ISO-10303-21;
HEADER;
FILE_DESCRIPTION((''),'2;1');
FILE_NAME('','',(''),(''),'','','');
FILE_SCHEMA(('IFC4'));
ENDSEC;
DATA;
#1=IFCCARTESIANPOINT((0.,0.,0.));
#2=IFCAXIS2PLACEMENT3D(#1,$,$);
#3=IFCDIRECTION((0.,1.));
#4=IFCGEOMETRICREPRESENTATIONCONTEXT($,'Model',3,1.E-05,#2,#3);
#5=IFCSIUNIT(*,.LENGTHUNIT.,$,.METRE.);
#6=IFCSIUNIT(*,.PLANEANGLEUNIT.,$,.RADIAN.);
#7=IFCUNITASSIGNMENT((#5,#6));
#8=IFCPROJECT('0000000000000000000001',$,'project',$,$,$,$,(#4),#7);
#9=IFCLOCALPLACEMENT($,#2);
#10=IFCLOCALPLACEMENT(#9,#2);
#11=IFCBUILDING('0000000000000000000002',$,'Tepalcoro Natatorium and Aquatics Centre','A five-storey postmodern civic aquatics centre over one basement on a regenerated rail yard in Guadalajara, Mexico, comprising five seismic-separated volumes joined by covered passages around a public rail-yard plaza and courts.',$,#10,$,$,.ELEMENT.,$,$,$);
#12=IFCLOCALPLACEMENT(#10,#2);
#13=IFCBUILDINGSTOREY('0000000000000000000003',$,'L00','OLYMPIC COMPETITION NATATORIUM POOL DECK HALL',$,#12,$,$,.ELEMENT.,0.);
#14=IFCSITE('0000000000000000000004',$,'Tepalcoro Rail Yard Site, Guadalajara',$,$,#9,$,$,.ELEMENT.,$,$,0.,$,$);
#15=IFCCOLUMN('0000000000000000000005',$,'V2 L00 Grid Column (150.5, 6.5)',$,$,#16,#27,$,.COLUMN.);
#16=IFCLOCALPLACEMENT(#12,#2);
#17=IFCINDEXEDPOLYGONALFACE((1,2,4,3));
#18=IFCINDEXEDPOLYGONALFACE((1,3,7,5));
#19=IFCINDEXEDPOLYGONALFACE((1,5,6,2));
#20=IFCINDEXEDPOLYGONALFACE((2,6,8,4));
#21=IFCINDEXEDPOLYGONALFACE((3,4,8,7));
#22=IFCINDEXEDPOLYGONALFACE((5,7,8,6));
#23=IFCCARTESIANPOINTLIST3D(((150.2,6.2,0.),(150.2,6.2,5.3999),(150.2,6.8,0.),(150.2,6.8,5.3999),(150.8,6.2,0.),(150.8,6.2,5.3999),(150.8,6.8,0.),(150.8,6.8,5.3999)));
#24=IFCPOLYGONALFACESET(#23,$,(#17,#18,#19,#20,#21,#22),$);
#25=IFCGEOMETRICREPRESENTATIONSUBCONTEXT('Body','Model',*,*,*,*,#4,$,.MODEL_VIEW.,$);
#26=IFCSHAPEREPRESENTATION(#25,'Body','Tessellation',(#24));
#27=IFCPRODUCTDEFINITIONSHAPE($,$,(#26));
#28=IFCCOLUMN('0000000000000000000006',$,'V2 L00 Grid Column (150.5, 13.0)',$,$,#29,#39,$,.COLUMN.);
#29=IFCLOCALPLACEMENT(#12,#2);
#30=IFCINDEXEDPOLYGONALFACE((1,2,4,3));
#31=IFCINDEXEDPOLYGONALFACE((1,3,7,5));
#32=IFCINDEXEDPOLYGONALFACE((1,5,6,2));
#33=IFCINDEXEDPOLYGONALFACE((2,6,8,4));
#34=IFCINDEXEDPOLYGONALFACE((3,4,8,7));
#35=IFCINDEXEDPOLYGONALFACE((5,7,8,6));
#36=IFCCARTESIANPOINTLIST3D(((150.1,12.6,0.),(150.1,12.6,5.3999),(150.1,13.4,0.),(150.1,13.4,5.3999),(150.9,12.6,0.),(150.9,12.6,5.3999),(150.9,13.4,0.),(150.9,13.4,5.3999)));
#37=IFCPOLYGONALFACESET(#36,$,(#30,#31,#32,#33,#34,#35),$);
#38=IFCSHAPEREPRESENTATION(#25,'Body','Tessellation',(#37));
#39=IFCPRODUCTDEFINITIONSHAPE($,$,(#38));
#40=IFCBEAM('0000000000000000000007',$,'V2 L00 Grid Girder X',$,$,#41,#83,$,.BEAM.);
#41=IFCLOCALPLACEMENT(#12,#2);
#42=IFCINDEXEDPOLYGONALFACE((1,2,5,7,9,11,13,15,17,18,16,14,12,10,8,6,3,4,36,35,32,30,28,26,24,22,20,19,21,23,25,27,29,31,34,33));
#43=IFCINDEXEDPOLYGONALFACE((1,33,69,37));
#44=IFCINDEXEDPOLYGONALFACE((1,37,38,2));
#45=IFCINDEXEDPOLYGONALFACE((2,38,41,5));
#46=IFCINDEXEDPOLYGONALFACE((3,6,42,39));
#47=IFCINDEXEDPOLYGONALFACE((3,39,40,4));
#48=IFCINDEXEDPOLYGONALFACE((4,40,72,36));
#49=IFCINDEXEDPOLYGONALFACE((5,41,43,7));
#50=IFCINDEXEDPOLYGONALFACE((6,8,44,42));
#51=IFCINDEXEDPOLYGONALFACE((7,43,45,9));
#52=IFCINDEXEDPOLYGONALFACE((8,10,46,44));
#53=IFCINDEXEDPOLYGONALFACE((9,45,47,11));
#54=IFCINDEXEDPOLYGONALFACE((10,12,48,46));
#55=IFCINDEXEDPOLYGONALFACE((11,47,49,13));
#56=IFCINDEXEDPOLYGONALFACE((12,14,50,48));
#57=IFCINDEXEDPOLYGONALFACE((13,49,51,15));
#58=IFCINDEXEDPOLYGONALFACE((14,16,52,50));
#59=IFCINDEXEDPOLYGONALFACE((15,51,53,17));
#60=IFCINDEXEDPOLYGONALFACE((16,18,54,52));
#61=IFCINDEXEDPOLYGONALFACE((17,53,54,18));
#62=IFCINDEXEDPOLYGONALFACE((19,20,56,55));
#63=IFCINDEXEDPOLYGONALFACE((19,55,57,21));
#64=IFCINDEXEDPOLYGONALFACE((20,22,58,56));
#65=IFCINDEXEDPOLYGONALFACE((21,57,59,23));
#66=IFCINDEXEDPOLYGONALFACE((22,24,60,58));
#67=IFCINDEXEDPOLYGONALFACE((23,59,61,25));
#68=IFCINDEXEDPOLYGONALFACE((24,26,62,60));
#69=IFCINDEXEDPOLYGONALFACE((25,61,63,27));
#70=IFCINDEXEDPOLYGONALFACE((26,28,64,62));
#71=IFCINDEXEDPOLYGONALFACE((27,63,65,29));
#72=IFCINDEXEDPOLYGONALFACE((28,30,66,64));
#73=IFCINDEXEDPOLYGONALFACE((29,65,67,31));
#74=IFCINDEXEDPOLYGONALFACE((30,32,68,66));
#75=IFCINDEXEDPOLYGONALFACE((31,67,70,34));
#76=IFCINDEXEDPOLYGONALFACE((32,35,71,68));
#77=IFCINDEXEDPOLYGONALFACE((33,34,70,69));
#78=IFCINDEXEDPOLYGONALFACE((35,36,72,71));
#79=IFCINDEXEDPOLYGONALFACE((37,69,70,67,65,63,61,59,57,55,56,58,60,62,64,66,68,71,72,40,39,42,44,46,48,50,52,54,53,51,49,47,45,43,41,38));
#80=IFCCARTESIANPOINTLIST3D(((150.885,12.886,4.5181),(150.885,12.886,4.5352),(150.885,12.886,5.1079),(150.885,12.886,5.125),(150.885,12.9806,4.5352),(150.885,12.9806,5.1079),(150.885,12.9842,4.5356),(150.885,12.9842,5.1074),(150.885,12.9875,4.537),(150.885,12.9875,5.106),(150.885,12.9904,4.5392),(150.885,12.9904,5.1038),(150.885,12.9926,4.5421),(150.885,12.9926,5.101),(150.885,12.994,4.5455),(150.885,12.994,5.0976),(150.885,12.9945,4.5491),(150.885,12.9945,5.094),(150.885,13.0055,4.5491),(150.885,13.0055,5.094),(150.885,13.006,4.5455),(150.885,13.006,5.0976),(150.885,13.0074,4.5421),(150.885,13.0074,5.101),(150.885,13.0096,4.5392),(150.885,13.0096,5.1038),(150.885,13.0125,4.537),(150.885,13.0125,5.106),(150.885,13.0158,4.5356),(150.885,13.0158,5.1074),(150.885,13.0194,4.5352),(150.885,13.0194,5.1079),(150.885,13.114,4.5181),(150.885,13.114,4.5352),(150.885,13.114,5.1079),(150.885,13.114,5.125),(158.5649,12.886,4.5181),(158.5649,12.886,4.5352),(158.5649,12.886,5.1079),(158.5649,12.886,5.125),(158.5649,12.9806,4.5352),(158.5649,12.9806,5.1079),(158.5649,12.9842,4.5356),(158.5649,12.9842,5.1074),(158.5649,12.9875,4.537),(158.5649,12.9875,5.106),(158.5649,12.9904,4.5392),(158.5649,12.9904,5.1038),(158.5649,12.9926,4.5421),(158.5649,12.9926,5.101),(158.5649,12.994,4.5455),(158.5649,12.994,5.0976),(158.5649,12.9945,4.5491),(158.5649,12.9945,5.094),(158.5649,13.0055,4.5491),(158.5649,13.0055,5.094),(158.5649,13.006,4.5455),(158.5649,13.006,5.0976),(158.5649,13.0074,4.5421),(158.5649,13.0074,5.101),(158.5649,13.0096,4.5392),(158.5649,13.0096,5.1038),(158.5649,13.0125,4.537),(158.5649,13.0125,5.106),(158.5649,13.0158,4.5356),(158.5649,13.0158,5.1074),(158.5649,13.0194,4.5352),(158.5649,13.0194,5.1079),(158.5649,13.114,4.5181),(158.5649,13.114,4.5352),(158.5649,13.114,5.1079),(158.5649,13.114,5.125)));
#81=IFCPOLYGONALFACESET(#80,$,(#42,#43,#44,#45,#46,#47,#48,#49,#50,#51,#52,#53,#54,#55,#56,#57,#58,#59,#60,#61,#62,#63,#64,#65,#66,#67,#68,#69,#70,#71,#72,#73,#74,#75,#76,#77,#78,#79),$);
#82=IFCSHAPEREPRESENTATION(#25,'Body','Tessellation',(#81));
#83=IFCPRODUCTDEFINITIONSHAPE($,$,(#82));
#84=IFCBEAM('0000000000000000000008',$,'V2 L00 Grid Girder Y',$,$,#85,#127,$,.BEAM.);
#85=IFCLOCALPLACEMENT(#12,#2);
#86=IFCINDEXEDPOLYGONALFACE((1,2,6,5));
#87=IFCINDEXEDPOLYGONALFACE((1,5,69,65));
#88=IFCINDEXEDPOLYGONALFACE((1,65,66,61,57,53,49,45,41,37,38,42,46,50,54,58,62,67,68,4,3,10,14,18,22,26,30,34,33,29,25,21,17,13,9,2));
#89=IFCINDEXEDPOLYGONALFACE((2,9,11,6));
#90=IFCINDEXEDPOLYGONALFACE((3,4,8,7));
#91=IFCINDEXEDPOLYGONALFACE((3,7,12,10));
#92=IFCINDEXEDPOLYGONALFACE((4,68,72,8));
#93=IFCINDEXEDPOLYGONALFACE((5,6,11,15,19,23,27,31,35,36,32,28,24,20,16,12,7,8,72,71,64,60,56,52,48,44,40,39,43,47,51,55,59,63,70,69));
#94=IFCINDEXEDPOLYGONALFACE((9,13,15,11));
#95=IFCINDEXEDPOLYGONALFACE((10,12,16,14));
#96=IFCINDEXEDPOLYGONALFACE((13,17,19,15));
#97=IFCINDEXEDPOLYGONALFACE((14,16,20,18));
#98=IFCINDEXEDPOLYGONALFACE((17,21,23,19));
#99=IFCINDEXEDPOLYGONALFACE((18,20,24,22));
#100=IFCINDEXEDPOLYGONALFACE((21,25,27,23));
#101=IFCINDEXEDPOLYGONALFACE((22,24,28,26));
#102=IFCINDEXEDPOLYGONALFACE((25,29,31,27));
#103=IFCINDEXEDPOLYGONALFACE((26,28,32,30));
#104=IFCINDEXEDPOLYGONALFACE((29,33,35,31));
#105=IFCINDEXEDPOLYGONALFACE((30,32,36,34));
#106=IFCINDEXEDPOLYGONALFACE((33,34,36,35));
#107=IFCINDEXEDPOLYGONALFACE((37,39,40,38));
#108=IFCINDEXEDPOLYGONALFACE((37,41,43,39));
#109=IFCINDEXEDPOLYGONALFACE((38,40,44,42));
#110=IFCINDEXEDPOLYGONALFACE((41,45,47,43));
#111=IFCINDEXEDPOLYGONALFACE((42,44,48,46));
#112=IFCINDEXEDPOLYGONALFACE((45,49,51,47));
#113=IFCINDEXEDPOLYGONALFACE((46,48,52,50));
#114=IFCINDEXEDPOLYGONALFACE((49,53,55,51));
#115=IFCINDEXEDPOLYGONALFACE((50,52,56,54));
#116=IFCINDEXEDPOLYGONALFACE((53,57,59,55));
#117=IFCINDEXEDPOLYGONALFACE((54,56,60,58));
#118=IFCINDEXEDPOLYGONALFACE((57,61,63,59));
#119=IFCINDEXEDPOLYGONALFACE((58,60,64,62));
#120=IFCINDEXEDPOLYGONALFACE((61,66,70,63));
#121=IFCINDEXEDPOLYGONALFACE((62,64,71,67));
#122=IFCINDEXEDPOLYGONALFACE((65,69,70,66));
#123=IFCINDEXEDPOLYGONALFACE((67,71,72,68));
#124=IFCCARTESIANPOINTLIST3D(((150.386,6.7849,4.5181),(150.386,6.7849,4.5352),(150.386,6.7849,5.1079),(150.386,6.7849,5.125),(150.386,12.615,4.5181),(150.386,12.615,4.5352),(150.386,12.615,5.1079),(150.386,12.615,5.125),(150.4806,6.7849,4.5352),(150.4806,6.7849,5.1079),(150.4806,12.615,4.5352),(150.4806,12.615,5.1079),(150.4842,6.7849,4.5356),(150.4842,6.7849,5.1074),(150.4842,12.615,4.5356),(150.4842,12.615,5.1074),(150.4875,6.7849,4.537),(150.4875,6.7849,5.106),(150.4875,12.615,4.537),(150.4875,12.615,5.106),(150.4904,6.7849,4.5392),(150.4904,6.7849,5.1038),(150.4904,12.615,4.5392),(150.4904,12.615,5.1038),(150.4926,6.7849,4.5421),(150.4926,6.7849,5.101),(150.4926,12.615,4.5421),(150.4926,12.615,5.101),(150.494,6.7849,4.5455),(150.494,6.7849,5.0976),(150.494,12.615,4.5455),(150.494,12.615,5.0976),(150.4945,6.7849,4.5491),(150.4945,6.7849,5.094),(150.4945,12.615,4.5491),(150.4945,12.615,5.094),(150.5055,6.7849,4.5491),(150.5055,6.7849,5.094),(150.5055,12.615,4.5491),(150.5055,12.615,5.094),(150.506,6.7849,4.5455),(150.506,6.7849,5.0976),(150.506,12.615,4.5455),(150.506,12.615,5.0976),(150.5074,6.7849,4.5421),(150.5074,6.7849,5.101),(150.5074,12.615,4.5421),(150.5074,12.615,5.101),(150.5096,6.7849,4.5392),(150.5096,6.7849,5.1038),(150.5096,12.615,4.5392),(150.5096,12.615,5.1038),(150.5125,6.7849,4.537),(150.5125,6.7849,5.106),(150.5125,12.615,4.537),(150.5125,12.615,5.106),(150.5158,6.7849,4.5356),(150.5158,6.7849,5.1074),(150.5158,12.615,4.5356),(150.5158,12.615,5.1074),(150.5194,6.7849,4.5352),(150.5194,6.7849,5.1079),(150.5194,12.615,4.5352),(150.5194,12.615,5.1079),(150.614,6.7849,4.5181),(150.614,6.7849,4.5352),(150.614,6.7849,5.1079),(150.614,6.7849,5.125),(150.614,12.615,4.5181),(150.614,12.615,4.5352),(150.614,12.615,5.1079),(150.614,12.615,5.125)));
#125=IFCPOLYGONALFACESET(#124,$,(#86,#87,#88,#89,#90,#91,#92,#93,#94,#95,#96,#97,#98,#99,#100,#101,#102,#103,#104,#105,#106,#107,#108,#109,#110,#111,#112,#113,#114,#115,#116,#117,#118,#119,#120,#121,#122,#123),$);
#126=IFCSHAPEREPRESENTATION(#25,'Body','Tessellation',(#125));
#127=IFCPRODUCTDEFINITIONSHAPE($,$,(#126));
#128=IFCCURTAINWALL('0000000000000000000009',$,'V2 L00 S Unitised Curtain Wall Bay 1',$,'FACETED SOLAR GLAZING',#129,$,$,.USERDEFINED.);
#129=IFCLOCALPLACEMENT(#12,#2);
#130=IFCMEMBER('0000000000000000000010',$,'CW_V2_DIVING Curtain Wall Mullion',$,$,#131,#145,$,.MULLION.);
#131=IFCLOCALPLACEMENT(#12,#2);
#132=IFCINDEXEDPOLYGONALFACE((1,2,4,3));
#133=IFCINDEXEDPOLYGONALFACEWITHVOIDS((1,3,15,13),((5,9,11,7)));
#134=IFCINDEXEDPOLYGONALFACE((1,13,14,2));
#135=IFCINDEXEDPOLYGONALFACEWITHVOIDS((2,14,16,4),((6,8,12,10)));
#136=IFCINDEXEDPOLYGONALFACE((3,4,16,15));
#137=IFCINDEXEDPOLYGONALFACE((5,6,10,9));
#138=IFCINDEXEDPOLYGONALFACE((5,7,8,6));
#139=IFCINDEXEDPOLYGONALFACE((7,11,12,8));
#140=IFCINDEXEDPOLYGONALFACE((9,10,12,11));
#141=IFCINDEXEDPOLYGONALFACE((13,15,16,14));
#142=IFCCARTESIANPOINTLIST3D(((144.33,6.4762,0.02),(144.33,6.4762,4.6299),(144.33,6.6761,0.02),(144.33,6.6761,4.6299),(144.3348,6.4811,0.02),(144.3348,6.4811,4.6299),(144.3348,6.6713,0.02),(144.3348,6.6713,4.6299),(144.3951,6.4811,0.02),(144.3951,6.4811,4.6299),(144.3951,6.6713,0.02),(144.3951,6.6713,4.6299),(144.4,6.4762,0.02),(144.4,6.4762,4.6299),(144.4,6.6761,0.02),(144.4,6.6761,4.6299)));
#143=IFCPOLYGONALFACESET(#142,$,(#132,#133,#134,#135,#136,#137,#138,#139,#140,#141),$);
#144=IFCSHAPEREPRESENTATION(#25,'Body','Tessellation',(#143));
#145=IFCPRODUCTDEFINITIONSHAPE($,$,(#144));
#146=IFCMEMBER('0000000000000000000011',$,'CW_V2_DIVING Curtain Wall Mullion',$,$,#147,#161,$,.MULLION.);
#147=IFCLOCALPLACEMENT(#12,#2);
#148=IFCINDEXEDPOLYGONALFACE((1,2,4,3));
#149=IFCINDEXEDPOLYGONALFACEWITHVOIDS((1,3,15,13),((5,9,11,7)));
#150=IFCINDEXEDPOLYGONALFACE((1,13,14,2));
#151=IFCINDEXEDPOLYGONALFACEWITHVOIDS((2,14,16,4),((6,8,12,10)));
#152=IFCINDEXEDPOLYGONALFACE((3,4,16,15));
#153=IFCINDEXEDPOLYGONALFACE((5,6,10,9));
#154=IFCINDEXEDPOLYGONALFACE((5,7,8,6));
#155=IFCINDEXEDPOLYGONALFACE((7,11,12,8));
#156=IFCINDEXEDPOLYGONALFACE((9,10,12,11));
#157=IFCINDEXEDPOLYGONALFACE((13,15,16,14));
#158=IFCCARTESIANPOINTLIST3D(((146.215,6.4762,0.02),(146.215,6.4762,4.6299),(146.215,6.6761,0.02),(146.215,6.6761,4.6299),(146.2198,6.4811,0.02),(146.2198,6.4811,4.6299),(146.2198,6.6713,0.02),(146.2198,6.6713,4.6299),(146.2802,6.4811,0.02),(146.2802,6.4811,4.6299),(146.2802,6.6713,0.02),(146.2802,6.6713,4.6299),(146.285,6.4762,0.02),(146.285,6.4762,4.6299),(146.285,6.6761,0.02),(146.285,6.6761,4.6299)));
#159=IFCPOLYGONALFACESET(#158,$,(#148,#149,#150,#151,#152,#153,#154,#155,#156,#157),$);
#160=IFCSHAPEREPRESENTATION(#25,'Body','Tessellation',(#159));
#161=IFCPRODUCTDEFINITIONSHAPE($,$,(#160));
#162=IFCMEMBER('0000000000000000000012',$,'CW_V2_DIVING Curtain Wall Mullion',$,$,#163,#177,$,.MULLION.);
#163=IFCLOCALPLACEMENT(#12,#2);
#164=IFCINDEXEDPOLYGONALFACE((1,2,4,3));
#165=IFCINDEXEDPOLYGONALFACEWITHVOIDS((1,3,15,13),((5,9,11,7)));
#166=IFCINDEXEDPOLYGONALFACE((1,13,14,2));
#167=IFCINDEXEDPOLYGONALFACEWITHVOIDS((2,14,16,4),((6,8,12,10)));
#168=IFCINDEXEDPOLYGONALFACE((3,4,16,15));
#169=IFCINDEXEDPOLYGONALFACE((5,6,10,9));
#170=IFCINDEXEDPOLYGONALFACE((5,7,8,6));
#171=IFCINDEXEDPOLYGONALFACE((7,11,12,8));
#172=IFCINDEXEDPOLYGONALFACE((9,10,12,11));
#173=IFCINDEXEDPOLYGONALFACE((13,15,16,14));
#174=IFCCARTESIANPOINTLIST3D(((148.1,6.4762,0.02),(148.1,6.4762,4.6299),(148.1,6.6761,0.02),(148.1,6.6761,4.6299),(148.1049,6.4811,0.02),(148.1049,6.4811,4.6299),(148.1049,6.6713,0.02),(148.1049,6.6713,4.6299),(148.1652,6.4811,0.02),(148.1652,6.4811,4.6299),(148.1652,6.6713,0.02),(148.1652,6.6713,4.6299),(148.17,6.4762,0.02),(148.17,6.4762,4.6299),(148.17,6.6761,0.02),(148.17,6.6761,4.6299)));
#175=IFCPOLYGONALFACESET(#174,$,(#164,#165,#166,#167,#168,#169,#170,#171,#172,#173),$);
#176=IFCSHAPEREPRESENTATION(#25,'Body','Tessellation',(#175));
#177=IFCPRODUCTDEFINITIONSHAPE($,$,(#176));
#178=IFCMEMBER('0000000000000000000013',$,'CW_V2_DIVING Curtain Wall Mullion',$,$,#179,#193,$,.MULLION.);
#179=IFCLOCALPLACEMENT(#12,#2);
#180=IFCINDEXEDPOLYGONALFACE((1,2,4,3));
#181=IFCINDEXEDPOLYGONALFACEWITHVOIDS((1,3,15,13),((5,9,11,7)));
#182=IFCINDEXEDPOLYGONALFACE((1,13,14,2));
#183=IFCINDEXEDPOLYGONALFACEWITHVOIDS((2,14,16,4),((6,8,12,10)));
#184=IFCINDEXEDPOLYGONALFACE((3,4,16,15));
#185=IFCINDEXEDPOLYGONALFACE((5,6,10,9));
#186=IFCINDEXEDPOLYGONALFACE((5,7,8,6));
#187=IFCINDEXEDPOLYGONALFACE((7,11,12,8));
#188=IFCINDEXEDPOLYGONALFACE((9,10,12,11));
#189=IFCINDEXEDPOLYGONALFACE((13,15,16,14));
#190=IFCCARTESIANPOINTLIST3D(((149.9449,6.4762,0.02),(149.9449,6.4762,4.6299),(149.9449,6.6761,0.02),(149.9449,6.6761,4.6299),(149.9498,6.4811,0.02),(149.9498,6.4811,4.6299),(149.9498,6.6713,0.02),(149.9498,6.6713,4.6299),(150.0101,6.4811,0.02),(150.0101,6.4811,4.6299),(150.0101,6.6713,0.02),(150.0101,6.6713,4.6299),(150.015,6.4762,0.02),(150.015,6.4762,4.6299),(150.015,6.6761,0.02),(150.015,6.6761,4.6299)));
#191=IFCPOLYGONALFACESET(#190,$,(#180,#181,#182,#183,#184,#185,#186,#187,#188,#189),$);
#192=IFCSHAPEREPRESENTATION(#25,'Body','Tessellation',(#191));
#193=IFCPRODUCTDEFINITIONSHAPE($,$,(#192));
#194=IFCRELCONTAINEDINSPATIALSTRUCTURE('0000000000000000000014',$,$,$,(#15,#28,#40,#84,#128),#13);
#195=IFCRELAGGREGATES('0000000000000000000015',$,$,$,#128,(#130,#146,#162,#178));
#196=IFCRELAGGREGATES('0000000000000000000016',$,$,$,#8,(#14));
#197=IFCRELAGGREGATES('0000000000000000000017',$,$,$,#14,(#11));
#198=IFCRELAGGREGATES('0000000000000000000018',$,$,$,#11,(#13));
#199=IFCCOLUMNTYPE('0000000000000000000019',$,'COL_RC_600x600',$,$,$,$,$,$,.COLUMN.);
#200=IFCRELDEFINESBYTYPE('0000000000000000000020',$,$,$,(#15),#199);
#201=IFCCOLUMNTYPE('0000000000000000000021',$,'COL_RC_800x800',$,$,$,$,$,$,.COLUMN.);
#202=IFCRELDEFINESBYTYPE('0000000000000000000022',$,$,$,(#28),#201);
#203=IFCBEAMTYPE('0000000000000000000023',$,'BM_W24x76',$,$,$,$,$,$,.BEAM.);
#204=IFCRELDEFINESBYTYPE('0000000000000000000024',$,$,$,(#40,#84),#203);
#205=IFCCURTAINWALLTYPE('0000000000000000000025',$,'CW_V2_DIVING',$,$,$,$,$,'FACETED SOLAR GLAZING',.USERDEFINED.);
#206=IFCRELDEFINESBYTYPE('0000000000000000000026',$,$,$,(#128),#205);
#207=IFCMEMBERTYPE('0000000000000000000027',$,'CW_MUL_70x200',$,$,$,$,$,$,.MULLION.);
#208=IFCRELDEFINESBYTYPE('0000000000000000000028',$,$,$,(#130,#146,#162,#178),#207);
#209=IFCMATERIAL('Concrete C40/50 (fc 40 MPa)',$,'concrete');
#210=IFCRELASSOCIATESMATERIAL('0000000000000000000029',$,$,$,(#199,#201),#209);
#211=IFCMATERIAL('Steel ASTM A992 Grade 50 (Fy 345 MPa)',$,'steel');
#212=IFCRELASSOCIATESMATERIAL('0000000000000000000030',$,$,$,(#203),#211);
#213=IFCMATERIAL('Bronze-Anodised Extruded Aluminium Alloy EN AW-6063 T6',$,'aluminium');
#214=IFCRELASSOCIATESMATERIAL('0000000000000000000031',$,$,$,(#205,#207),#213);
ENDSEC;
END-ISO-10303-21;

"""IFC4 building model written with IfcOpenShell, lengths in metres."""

from ifc_helpers import new_model, si_unit, direction, frame, origin, origin_2d, place, context, subcontext, project, spatial, rectangle, hollow_rectangle, i_section, extrude, material, material_profile, profile_set, type_object, element, aggregate, save


model = new_model("IFC4")

# Units and contexts
model_context = context("Model", 3, precision=1e-05, world=origin(), true_north=direction((0.0, 1.0)))
body_context = subcontext(model_context, "Body", "Model", "MODEL_VIEW")
ifc_project = project(units=[si_unit("LENGTHUNIT", "METRE"), si_unit("PLANEANGLEUNIT", "RADIAN")], contexts=[model_context])

# Site, building, storey
site_placement = place(None, origin())
site = spatial("IfcSite", under=ifc_project, at=site_placement, Name="Tepalcoro Rail Yard Site, Guadalajara", CompositionType="ELEMENT", RefElevation=0.0)
building_placement = place(site_placement, origin())
building = spatial("IfcBuilding", under=site, at=building_placement, Name="Tepalcoro Natatorium and Aquatics Centre", Description="A five-storey postmodern civic aquatics centre over one basement on a regenerated rail yard in Guadalajara, Mexico, comprising five seismic-separated volumes joined by covered passages around a public rail-yard plaza and courts.", CompositionType="ELEMENT")
storey_placement = place(building_placement, origin())
storey = spatial("IfcBuildingStorey", under=building, at=storey_placement, Name="L00", Description="OLYMPIC COMPETITION NATATORIUM POOL DECK HALL", CompositionType="ELEMENT", Elevation=0.0)

# Columns
ifc_material_1 = material(Name="Concrete C40/50 (fc 40 MPa)", Category="concrete")
ifc_material_profile_1 = material_profile(ifc_material_1, rectangle(XDim=0.6001, YDim=0.6001, at=origin_2d()), Name="RC600x600")
ifc_profile_set_1 = profile_set([ifc_material_profile_1], Name="Concrete C40/50 (fc 40 MPa)")
column_type_1 = type_object("IfcColumnType", Name="COL_RC_600x600", PredefinedType="COLUMN", material=ifc_profile_set_1)
column_1_placement = place(storey_placement, frame((150.5, 6.5, 0.0), z_axis=(0.0, 0.0, 1.0), x_axis=(1.0, 0.0, 0.0)))
element("IfcColumn", 1, at=column_1_placement, inside=storey, type_object=column_type_1, Name="V2 L00 Grid Column (150.5, 6.5)", PredefinedType="COLUMN", context=body_context, shape_type="SweptSolid", body=[
    extrude(rectangle(XDim=0.6001, YDim=0.6001, at=origin_2d()), origin(), (0.0, 0.0, 1.0), 5.3999),
])
ifc_material_profile_2 = material_profile(ifc_material_1, rectangle(XDim=0.8, YDim=0.8, at=origin_2d()), Name="RC800x800")
ifc_profile_set_2 = profile_set([ifc_material_profile_2], Name="Concrete C40/50 (fc 40 MPa)")
column_type_2 = type_object("IfcColumnType", Name="COL_RC_800x800", PredefinedType="COLUMN", material=ifc_profile_set_2)
column_2_placement = place(storey_placement, frame((150.5, 13.0, 0.0), z_axis=(0.0, 0.0, 1.0), x_axis=(1.0, 0.0, 0.0)))
element("IfcColumn", 2, at=column_2_placement, inside=storey, type_object=column_type_2, Name="V2 L00 Grid Column (150.5, 13.0)", PredefinedType="COLUMN", context=body_context, shape_type="SweptSolid", body=[
    extrude(rectangle(XDim=0.8, YDim=0.8, at=origin_2d()), origin(), (0.0, 0.0, 1.0), 5.3999),
])

# Beams
ifc_material_2 = material(Name="Steel ASTM A992 Grade 50 (Fy 345 MPa)", Category="steel")
ifc_material_profile_3 = material_profile(ifc_material_2, i_section(OverallWidth=0.228, OverallDepth=0.6069, WebThickness=0.011, FlangeThickness=0.0171, FilletRadius=0.0139, at=origin_2d()), Name="W24X76")
ifc_profile_set_3 = profile_set([ifc_material_profile_3], Name="Steel ASTM A992 Grade 50 (Fy 345 MPa)")
beam_type_1 = type_object("IfcBeamType", Name="BM_W24x76", PredefinedType="BEAM", material=ifc_profile_set_3)
beam_1_placement = place(storey_placement, frame((150.885, 13.0, 4.8215), z_axis=(1.0, 0.0, 0.0), x_axis=(0.0, 1.0, 0.0)))
element("IfcBeam", 3, at=beam_1_placement, inside=storey, type_object=beam_type_1, Name="V2 L00 Grid Girder X", PredefinedType="BEAM", context=body_context, shape_type="SweptSolid", body=[
    extrude(i_section(OverallWidth=0.228, OverallDepth=0.6069, WebThickness=0.011, FlangeThickness=0.0171, FilletRadius=0.0139, at=origin_2d()), origin(), (0.0, 0.0, 1.0), 7.6799),
])
beam_2_placement = place(storey_placement, frame((150.5, 6.7849, 4.8215), z_axis=(0.0, 1.0, 0.0), x_axis=(-1.0, 0.0, 0.0)))
element("IfcBeam", 4, at=beam_2_placement, inside=storey, type_object=beam_type_1, Name="V2 L00 Grid Girder Y", PredefinedType="BEAM", context=body_context, shape_type="SweptSolid", body=[
    extrude(i_section(OverallWidth=0.228, OverallDepth=0.6069, WebThickness=0.011, FlangeThickness=0.0171, FilletRadius=0.0139, at=origin_2d()), origin(), (0.0, 0.0, 1.0), 5.8301),
])

# Curtain wall, members
ifc_material_3 = material(Name="Bronze-Anodised Extruded Aluminium Alloy EN AW-6063 T6", Category="aluminium")
curtain_wall_type = type_object("IfcCurtainWallType", Name="CW_V2_DIVING", ElementType="FACETED SOLAR GLAZING", PredefinedType="USERDEFINED", material=ifc_material_3)
curtain_wall_placement = place(storey_placement, origin())
curtain_wall = element("IfcCurtainWall", 5, at=curtain_wall_placement, inside=storey, type_object=curtain_wall_type, Name="V2 L00 S Unitised Curtain Wall Bay 1", ObjectType="FACETED SOLAR GLAZING", PredefinedType="USERDEFINED")
ifc_material_profile_4 = material_profile(ifc_material_3, hollow_rectangle(XDim=0.0701, YDim=0.2, WallThickness=0.0049, at=origin_2d()), Name="AL70X200X5")
ifc_profile_set_4 = profile_set([ifc_material_profile_4], Name="Bronze-Anodised Extruded Aluminium Alloy EN AW-6063 T6")
member_type_1 = type_object("IfcMemberType", Name="CW_MUL_70x200", PredefinedType="MULLION", material=ifc_profile_set_4)
member_1_placement = place(storey_placement, frame((144.365, 6.5762, 0.02), z_axis=(0.0, 0.0, 1.0), x_axis=(1.0, 0.0, 0.0)))
member_1 = element("IfcMember", 6, at=member_1_placement, type_object=member_type_1, Name="CW_V2_DIVING Curtain Wall Mullion", PredefinedType="MULLION", context=body_context, shape_type="SweptSolid", body=[
    extrude(hollow_rectangle(XDim=0.0701, YDim=0.2, WallThickness=0.0049, at=origin_2d()), origin(), (0.0, 0.0, 1.0), 4.6099),
])
member_2_placement = place(storey_placement, frame((146.25, 6.5762, 0.02), z_axis=(0.0, 0.0, 1.0), x_axis=(1.0, 0.0, 0.0)))
member_2 = element("IfcMember", 7, at=member_2_placement, type_object=member_type_1, Name="CW_V2_DIVING Curtain Wall Mullion", PredefinedType="MULLION", context=body_context, shape_type="SweptSolid", body=[
    extrude(hollow_rectangle(XDim=0.0701, YDim=0.2, WallThickness=0.0049, at=origin_2d()), origin(), (0.0, 0.0, 1.0), 4.6099),
])
member_3_placement = place(storey_placement, frame((148.135, 6.5762, 0.02), z_axis=(0.0, 0.0, 1.0), x_axis=(1.0, 0.0, 0.0)))
member_3 = element("IfcMember", 8, at=member_3_placement, type_object=member_type_1, Name="CW_V2_DIVING Curtain Wall Mullion", PredefinedType="MULLION", context=body_context, shape_type="SweptSolid", body=[
    extrude(hollow_rectangle(XDim=0.0701, YDim=0.2, WallThickness=0.0049, at=origin_2d()), origin(), (0.0, 0.0, 1.0), 4.6099),
])
member_4_placement = place(storey_placement, frame((149.98, 6.5762, 0.02), z_axis=(0.0, 0.0, 1.0), x_axis=(1.0, 0.0, 0.0)))
member_4 = element("IfcMember", 9, at=member_4_placement, type_object=member_type_1, Name="CW_V2_DIVING Curtain Wall Mullion", PredefinedType="MULLION", context=body_context, shape_type="SweptSolid", body=[
    extrude(hollow_rectangle(XDim=0.0701, YDim=0.2, WallThickness=0.0049, at=origin_2d()), origin(), (0.0, 0.0, 1.0), 4.6099),
])

aggregate(curtain_wall, [member_1, member_2, member_3, member_4])

save(model, "model.ifc")
